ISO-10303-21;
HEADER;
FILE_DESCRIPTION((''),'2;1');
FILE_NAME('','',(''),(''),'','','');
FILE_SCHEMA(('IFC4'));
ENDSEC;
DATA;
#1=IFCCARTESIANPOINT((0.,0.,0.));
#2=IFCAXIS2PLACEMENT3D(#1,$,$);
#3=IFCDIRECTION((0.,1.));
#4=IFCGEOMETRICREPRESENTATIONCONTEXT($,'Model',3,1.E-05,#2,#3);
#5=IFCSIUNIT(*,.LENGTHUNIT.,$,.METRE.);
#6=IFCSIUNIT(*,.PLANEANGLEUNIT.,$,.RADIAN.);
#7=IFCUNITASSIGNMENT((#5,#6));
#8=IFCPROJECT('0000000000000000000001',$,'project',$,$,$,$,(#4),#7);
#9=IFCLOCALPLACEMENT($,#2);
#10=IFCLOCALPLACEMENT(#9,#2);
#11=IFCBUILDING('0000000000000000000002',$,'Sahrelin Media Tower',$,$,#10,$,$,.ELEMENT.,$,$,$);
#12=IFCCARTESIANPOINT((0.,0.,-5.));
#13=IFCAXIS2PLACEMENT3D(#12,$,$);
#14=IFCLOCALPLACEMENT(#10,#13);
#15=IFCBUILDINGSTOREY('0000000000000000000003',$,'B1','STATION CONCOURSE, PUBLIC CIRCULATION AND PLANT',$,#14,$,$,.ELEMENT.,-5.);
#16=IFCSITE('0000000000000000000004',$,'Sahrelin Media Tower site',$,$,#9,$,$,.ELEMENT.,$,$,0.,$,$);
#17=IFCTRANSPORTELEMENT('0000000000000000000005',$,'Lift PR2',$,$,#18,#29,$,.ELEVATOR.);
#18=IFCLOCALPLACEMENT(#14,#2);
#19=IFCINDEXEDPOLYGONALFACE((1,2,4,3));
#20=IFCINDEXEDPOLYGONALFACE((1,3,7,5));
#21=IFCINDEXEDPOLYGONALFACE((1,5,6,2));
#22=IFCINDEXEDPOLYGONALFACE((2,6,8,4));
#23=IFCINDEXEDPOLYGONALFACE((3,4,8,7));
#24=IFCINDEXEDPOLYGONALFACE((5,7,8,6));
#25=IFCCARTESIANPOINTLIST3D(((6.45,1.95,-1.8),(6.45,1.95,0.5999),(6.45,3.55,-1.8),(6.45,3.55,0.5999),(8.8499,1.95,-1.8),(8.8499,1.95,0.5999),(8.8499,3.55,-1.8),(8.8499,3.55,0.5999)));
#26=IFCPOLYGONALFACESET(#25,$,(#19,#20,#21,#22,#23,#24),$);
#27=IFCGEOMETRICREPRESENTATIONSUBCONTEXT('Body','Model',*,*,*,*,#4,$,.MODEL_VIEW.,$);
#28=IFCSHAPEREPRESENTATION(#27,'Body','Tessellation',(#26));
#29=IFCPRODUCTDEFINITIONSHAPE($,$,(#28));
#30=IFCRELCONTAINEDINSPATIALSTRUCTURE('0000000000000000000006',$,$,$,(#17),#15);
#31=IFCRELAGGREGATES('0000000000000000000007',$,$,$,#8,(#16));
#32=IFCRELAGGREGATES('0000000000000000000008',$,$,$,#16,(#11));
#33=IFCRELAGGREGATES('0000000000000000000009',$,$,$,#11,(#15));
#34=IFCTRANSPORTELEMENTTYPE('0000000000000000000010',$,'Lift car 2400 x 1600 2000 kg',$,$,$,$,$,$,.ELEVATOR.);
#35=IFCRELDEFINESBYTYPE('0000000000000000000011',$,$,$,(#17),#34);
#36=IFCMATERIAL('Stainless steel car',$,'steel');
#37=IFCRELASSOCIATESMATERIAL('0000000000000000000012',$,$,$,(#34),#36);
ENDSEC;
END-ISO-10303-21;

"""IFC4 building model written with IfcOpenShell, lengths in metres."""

from ifc_helpers import new_model, si_unit, direction, frame, origin, origin_2d, place, context, subcontext, project, spatial, rectangle, extrude, material, type_object, element, save


model = new_model("IFC4")

# Units and contexts
model_context = context("Model", 3, precision=1e-05, world=origin(), true_north=direction((0.0, 1.0)))
body_context = subcontext(model_context, "Body", "Model", "MODEL_VIEW")
ifc_project = project(units=[si_unit("LENGTHUNIT", "METRE"), si_unit("PLANEANGLEUNIT", "RADIAN")], contexts=[model_context])

# Site, building, storey
site_placement = place(None, origin())
site = spatial("IfcSite", under=ifc_project, at=site_placement, Name="Sahrelin Media Tower site", CompositionType="ELEMENT", RefElevation=0.0)
building_placement = place(site_placement, origin())
building = spatial("IfcBuilding", under=site, at=building_placement, Name="Sahrelin Media Tower", CompositionType="ELEMENT")
storey_placement = place(building_placement, frame((0.0, 0.0, -5.0)))
storey = spatial("IfcBuildingStorey", under=building, at=storey_placement, Name="B1", Description="STATION CONCOURSE, PUBLIC CIRCULATION AND PLANT", CompositionType="ELEMENT", Elevation=-5.0)

# Transport element
ifc_material_1 = material(Name="Stainless steel car", Category="steel")
transport_element_type = type_object("IfcTransportElementType", Name="Lift car 2400 x 1600 2000 kg", PredefinedType="ELEVATOR", material=ifc_material_1)
transport_element_placement = place(storey_placement, frame((7.6499, 2.75, -1.8), z_axis=(0.0, 0.0, 1.0), x_axis=(1.0, 0.0, 0.0)))
element("IfcTransportElement", 1, at=transport_element_placement, inside=storey, type_object=transport_element_type, Name="Lift PR2", PredefinedType="ELEVATOR", context=body_context, shape_type="SweptSolid", body=[
    extrude(rectangle(XDim=2.3999, YDim=1.6001, at=origin_2d()), origin(), (0.0, 0.0, 1.0), 2.3999),
])

save(model, "model.ifc")
